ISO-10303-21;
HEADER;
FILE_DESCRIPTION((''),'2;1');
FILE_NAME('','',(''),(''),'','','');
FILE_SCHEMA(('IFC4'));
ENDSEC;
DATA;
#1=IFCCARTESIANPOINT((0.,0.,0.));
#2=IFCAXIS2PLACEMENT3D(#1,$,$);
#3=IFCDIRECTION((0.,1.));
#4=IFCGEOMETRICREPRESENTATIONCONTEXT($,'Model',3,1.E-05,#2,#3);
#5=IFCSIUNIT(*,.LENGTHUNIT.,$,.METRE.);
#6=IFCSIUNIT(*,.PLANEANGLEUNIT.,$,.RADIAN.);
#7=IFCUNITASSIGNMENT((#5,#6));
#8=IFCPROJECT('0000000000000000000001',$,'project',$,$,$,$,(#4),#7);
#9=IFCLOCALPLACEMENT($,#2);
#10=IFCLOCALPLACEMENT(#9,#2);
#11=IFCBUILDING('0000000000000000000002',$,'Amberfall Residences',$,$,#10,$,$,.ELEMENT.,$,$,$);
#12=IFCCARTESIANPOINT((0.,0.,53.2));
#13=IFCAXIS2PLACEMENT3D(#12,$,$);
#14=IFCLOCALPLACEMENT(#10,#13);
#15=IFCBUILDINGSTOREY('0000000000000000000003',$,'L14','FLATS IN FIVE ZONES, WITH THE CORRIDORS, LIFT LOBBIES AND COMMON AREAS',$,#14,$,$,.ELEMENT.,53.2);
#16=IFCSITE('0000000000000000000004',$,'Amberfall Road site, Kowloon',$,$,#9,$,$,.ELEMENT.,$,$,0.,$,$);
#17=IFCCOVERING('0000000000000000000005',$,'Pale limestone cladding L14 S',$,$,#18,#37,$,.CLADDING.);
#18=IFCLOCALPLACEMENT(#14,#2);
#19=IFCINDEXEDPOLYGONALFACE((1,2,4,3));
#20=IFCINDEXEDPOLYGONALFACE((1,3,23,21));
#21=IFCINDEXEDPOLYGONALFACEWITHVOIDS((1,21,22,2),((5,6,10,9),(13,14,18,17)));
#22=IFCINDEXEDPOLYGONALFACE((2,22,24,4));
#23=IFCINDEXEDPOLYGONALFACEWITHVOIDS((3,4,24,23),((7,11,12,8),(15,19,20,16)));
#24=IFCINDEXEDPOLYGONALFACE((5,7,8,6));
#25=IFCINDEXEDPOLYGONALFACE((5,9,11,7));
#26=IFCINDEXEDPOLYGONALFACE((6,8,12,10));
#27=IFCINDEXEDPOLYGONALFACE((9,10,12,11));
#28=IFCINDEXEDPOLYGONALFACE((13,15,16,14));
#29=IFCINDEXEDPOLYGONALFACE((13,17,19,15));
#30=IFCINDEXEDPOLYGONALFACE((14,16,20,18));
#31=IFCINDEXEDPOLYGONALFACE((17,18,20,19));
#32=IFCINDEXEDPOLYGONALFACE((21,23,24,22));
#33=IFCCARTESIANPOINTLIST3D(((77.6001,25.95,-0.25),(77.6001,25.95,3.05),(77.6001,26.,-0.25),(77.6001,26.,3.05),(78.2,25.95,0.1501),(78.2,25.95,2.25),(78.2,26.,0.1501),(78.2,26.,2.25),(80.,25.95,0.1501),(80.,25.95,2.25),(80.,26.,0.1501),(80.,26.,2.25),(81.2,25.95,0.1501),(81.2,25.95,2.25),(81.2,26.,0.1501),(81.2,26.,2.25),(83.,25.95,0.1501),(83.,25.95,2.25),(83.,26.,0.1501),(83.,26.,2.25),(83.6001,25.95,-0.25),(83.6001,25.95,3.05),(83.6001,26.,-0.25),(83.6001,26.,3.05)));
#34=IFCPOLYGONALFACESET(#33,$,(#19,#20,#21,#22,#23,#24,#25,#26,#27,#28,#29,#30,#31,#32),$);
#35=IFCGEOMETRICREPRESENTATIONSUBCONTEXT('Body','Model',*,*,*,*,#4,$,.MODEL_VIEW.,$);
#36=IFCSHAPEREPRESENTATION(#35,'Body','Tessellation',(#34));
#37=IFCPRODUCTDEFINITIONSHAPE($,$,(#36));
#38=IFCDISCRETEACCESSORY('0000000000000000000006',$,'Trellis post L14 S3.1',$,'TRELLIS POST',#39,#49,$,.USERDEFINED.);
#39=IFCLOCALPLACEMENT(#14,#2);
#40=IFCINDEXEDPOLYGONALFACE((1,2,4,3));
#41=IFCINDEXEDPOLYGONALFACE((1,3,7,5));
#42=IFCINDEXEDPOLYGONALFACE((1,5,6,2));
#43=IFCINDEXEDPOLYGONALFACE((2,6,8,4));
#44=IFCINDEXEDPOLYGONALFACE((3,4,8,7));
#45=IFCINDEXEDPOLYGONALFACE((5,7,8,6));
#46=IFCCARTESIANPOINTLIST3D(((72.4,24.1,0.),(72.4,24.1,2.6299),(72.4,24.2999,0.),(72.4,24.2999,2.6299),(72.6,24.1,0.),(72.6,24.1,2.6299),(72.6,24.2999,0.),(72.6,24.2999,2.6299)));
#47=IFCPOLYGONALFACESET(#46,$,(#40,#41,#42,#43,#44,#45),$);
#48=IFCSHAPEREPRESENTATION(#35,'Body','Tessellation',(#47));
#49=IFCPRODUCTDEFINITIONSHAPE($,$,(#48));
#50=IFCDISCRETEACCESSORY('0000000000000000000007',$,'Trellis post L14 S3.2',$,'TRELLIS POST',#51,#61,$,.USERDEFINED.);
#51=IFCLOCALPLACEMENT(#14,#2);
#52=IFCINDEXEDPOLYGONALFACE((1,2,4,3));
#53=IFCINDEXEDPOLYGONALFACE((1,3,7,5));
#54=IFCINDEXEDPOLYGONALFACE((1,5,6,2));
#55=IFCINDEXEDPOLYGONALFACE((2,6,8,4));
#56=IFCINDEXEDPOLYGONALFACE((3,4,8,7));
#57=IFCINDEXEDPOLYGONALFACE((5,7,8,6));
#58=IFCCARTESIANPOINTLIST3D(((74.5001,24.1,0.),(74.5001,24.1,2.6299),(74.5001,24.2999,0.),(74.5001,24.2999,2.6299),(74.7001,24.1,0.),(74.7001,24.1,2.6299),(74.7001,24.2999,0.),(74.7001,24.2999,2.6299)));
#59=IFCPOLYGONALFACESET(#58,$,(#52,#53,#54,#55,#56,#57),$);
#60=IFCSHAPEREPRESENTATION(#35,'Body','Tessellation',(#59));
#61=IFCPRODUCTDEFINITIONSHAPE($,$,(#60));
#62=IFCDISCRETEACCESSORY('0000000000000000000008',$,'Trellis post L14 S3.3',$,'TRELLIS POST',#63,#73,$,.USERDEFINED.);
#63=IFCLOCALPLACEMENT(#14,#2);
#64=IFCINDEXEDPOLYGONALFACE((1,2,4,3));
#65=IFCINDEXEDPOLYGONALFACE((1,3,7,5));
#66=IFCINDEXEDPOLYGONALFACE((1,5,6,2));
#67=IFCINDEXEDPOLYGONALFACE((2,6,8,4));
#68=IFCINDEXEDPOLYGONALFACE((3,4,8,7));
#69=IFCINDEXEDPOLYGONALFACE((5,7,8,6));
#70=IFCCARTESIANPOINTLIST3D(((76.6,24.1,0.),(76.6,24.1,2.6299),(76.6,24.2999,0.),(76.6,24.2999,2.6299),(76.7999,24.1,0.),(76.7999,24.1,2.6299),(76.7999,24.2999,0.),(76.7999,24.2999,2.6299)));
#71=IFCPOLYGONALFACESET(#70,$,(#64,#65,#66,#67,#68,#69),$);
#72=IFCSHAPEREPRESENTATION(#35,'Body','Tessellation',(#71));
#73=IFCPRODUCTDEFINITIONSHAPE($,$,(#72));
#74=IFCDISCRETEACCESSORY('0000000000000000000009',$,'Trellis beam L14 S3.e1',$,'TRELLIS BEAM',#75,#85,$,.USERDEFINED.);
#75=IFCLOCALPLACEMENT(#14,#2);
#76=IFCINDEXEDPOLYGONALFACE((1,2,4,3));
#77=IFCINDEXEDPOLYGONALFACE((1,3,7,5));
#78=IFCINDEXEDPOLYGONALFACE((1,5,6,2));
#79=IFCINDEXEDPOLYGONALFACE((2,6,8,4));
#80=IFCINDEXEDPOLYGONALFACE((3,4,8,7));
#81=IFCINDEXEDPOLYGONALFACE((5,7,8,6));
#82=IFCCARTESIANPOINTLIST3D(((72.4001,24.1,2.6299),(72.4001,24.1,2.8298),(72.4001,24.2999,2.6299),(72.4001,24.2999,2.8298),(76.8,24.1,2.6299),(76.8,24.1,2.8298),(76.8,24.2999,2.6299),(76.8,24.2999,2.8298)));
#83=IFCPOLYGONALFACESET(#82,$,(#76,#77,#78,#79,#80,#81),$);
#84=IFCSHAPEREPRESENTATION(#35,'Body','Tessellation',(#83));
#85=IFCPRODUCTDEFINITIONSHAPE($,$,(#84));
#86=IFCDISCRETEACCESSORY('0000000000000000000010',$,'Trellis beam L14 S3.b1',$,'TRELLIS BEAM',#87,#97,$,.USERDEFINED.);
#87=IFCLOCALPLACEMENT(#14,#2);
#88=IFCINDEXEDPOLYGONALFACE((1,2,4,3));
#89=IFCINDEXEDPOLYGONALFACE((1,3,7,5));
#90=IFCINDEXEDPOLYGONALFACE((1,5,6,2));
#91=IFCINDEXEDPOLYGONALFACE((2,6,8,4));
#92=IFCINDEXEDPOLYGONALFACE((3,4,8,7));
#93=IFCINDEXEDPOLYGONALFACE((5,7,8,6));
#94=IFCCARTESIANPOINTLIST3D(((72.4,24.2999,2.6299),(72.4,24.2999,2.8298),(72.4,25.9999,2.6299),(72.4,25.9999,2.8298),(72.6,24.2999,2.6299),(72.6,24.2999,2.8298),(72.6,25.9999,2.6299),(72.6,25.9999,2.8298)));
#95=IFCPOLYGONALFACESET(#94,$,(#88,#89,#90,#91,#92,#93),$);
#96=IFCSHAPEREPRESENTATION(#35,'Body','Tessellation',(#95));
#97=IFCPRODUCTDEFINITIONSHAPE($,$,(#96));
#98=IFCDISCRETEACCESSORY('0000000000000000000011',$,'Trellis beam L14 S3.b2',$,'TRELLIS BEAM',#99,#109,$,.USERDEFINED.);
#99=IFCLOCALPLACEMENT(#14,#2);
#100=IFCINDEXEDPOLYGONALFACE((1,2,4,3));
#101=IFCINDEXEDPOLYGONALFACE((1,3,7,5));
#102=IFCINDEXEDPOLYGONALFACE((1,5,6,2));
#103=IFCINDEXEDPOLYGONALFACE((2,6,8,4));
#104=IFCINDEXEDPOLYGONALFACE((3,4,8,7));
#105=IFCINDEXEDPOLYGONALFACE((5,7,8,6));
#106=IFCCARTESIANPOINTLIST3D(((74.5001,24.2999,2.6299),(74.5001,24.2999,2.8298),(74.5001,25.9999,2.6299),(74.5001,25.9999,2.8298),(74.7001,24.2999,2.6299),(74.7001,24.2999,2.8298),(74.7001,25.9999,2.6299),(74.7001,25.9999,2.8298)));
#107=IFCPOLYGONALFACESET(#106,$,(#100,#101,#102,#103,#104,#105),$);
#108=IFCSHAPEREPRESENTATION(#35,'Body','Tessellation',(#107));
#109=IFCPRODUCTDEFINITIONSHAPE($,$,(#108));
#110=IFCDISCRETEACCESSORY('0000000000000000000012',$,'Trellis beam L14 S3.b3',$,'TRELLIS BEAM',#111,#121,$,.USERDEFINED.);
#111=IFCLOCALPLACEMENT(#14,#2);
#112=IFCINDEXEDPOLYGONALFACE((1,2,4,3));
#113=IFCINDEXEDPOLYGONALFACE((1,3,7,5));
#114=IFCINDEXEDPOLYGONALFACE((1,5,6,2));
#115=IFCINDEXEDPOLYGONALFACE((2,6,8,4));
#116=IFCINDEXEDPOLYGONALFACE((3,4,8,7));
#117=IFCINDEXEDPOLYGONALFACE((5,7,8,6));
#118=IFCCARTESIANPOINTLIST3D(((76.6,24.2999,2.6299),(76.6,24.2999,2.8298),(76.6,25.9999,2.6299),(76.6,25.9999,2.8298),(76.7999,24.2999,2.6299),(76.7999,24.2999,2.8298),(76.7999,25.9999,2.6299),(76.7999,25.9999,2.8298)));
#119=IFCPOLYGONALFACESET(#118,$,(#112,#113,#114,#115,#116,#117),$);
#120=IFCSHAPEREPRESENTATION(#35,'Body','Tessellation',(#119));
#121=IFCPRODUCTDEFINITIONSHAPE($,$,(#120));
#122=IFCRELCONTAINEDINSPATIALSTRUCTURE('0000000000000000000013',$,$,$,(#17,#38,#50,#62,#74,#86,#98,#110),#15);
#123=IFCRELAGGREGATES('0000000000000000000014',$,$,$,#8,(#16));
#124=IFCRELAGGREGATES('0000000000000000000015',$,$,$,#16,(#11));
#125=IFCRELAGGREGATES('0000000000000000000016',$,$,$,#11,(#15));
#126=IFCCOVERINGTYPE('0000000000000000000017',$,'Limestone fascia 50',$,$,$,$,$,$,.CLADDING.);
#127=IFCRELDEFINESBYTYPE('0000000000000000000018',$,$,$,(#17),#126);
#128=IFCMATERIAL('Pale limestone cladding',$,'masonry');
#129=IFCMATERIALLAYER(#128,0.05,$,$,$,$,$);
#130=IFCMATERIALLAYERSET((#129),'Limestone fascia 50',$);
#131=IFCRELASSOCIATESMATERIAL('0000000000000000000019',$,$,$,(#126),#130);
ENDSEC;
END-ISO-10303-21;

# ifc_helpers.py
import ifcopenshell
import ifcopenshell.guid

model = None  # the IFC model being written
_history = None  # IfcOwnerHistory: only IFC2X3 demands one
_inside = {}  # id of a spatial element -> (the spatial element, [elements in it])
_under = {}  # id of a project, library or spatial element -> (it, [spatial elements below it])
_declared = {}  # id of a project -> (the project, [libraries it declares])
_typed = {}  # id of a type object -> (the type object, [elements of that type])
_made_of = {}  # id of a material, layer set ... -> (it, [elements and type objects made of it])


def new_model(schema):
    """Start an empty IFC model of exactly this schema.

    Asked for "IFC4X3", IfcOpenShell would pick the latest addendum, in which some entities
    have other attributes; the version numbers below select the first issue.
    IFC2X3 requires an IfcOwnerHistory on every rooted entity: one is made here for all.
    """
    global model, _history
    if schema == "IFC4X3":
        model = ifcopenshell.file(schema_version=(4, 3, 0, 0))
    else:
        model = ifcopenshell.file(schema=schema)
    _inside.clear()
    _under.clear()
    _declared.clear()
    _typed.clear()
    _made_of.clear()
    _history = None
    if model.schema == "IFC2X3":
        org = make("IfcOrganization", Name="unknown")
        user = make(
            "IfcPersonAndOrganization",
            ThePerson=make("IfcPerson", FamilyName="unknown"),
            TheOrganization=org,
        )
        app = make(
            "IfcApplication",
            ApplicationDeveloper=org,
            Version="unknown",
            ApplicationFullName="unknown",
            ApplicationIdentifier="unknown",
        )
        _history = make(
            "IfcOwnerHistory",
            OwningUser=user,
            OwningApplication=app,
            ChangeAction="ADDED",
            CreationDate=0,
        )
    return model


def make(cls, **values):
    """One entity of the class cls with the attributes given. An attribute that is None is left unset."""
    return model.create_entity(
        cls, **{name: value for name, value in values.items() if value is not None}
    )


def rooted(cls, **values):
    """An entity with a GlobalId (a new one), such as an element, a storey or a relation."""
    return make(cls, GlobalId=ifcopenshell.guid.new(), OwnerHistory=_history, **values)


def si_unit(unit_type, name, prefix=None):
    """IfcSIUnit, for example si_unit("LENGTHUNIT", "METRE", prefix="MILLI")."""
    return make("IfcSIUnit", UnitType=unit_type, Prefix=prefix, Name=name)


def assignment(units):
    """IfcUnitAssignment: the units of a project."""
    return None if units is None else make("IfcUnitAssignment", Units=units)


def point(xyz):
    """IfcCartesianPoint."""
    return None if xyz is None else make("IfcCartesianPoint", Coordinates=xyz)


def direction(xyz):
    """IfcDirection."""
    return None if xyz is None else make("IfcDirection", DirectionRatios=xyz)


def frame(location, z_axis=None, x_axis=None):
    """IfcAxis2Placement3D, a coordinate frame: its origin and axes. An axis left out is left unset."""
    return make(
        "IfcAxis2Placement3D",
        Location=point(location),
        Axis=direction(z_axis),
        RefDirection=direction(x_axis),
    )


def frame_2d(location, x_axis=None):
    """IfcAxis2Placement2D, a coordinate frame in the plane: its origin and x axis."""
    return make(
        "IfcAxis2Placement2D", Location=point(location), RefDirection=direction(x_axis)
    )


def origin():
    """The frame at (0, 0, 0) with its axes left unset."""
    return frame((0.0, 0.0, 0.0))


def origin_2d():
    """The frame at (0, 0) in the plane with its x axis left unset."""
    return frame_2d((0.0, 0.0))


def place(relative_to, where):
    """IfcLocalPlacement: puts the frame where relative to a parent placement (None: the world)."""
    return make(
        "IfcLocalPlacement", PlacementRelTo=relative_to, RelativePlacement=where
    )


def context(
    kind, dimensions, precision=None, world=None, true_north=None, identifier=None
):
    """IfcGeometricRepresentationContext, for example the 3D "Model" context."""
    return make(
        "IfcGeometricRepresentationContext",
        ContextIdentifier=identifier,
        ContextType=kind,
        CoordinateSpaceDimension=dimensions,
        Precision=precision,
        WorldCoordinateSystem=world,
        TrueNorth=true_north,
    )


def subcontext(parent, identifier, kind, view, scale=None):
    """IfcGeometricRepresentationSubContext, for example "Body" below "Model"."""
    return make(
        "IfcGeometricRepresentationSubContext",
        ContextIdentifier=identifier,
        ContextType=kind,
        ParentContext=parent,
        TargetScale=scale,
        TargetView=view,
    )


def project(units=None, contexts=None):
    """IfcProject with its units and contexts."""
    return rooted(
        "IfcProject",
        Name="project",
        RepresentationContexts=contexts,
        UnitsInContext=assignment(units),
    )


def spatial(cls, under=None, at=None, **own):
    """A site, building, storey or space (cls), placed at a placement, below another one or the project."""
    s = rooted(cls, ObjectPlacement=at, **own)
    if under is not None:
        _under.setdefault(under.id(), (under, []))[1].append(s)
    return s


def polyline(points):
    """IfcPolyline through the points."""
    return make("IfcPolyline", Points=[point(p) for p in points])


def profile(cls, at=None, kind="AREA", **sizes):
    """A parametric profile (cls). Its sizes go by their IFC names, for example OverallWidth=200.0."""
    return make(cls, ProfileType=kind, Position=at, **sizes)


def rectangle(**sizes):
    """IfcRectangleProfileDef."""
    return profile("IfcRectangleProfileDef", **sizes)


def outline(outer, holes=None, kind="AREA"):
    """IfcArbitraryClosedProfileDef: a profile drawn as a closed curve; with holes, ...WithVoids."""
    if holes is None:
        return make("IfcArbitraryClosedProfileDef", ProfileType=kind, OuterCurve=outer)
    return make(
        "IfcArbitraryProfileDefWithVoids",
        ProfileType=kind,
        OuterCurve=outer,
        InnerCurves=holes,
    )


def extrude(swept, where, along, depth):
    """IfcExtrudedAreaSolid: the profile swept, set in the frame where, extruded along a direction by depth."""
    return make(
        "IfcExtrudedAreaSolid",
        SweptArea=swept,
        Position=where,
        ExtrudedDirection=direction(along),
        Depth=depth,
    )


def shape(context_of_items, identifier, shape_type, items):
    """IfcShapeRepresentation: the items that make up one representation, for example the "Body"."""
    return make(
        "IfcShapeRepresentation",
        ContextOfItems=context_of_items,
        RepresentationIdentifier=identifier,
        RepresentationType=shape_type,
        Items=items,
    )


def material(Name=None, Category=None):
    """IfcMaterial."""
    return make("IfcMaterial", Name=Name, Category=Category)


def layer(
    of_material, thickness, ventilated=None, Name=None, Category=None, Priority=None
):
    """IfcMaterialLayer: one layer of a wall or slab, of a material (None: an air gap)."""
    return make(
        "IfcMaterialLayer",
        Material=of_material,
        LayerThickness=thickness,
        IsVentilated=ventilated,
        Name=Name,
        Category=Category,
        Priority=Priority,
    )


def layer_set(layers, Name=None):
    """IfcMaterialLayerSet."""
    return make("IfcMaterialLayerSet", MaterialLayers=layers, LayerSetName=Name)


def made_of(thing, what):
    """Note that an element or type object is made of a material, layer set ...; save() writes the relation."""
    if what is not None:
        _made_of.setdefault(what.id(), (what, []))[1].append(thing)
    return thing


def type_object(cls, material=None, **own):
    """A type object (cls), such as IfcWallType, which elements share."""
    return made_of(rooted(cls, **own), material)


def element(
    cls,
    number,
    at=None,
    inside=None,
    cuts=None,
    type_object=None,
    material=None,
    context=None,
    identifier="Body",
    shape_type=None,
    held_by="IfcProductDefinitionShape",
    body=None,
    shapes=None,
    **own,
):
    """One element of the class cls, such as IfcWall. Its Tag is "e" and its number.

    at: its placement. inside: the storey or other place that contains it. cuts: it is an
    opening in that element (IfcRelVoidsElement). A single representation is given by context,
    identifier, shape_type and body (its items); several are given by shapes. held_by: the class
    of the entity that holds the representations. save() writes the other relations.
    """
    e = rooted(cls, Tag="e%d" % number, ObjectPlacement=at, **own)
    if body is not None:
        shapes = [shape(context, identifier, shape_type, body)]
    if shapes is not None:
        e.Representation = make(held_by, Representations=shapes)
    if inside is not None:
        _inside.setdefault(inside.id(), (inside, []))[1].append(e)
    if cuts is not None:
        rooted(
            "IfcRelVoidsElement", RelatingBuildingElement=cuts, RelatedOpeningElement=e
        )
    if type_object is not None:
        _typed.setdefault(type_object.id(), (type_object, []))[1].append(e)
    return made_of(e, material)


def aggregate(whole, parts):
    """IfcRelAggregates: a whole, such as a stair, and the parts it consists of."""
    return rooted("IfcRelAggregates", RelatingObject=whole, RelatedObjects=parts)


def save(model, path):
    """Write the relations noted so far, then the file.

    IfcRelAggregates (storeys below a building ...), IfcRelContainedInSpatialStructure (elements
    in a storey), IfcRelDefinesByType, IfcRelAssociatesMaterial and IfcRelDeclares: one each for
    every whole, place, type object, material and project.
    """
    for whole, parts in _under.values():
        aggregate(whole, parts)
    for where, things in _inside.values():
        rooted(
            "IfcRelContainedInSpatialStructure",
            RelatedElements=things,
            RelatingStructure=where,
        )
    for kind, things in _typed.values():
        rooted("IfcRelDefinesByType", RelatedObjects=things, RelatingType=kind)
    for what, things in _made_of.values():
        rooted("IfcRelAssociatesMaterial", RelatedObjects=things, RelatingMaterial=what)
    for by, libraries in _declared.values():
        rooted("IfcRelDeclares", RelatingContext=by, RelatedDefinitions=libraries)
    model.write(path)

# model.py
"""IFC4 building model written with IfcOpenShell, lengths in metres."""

from ifc_helpers import new_model, si_unit, direction, frame, origin, origin_2d, place, context, subcontext, project, spatial, polyline, rectangle, outline, extrude, material, layer, layer_set, type_object, element, save


model = new_model("IFC4")

# Units and contexts
model_context = context("Model", 3, precision=1e-05, world=origin(), true_north=direction((0.0, 1.0)))
body_context = subcontext(model_context, "Body", "Model", "MODEL_VIEW")
ifc_project = project(units=[si_unit("LENGTHUNIT", "METRE"), si_unit("PLANEANGLEUNIT", "RADIAN")], contexts=[model_context])

# Site, building, storey
site_placement = place(None, origin())
site = spatial("IfcSite", under=ifc_project, at=site_placement, Name="Amberfall Road site, Kowloon", CompositionType="ELEMENT", RefElevation=0.0)
building_placement = place(site_placement, origin())
building = spatial("IfcBuilding", under=site, at=building_placement, Name="Amberfall Residences", CompositionType="ELEMENT")
storey_placement = place(building_placement, frame((0.0, 0.0, 53.2)))
storey = spatial("IfcBuildingStorey", under=building, at=storey_placement, Name="L14", Description="FLATS IN FIVE ZONES, WITH THE CORRIDORS, LIFT LOBBIES AND COMMON AREAS", CompositionType="ELEMENT", Elevation=53.2)

# Covering
ifc_material_1 = material(Name="Pale limestone cladding", Category="masonry")
ifc_layer_1 = layer(ifc_material_1, 0.05)
ifc_layer_set_1 = layer_set([ifc_layer_1], Name="Limestone fascia 50")
covering_type = type_object("IfcCoveringType", Name="Limestone fascia 50", PredefinedType="CLADDING", material=ifc_layer_set_1)
covering_1_placement = place(storey_placement, frame((77.6001, 26.0, 3.05), z_axis=(0.0, 1.0, 0.0), x_axis=(1.0, 0.0, 0.0)))
element("IfcCovering", 1, at=covering_1_placement, inside=storey, type_object=covering_type, Name="Pale limestone cladding L14 S", PredefinedType="CLADDING", context=body_context, shape_type="SweptSolid", body=[
    extrude(outline(polyline([(0.0, 0.0), (6.0, 0.0), (6.0, 3.3), (0.0, 3.3), (0.0, 0.0)]), holes=[polyline([(0.5999, 0.8), (2.3999, 0.8), (2.3999, 2.8999), (0.5999, 2.8999), (0.5999, 0.8)]), polyline([(3.5999, 0.8), (5.3999, 0.8), (5.3999, 2.8999), (3.5999, 2.8999), (3.5999, 0.8)])]), origin(), (0.0, 0.0, -1.0), 0.05),
])

# Discrete accessories
for number, where, z_axis, x_axis, name in (
    (2, (72.5, 24.2, 0.0), (0.0, 0.0, 1.0), (1.0, 0.0, 0.0), "Trellis post L14 S3.1"),
    (3, (74.6001, 24.2, 0.0), (0.0, 0.0, 1.0), (1.0, 0.0, 0.0), "Trellis post L14 S3.2"),
    (4, (76.7, 24.2, 0.0), (0.0, 0.0, 1.0), (1.0, 0.0, 0.0), "Trellis post L14 S3.3"),
):
    element("IfcDiscreteAccessory", number, at=place(storey_placement, frame(where, z_axis=z_axis, x_axis=x_axis)), inside=storey, Name=name, ObjectType="TRELLIS POST", PredefinedType="USERDEFINED", context=body_context, shape_type="SweptSolid", body=[
        extrude(rectangle(XDim=0.2, YDim=0.2, at=origin_2d()), origin(), (0.0, 0.0, 1.0), 2.6299),
    ])
discrete_accessory_placement = place(storey_placement, frame((74.6001, 24.2, 2.6299), z_axis=(0.0, 0.0, 1.0), x_axis=(1.0, 0.0, 0.0)))
element("IfcDiscreteAccessory", 5, at=discrete_accessory_placement, inside=storey, Name="Trellis beam L14 S3.e1", ObjectType="TRELLIS BEAM", PredefinedType="USERDEFINED", context=body_context, shape_type="SweptSolid", body=[
    extrude(rectangle(XDim=4.3999, YDim=0.2, at=origin_2d()), origin(), (0.0, 0.0, 1.0), 0.2),
])
for number, where, z_axis, x_axis, name in (
    (6, (72.5, 25.1499, 2.6299), (0.0, 0.0, 1.0), (0.0, 1.0, 0.0), "Trellis beam L14 S3.b1"),
    (7, (74.6001, 25.1499, 2.6299), (0.0, 0.0, 1.0), (0.0, 1.0, 0.0), "Trellis beam L14 S3.b2"),
    (8, (76.7, 25.1499, 2.6299), (0.0, 0.0, 1.0), (0.0, 1.0, 0.0), "Trellis beam L14 S3.b3"),
):
    element("IfcDiscreteAccessory", number, at=place(storey_placement, frame(where, z_axis=z_axis, x_axis=x_axis)), inside=storey, Name=name, ObjectType="TRELLIS BEAM", PredefinedType="USERDEFINED", context=body_context, shape_type="SweptSolid", body=[
        extrude(rectangle(XDim=1.7, YDim=0.2, at=origin_2d()), origin(), (0.0, 0.0, 1.0), 0.2),
    ])

save(model, "model.ifc")
